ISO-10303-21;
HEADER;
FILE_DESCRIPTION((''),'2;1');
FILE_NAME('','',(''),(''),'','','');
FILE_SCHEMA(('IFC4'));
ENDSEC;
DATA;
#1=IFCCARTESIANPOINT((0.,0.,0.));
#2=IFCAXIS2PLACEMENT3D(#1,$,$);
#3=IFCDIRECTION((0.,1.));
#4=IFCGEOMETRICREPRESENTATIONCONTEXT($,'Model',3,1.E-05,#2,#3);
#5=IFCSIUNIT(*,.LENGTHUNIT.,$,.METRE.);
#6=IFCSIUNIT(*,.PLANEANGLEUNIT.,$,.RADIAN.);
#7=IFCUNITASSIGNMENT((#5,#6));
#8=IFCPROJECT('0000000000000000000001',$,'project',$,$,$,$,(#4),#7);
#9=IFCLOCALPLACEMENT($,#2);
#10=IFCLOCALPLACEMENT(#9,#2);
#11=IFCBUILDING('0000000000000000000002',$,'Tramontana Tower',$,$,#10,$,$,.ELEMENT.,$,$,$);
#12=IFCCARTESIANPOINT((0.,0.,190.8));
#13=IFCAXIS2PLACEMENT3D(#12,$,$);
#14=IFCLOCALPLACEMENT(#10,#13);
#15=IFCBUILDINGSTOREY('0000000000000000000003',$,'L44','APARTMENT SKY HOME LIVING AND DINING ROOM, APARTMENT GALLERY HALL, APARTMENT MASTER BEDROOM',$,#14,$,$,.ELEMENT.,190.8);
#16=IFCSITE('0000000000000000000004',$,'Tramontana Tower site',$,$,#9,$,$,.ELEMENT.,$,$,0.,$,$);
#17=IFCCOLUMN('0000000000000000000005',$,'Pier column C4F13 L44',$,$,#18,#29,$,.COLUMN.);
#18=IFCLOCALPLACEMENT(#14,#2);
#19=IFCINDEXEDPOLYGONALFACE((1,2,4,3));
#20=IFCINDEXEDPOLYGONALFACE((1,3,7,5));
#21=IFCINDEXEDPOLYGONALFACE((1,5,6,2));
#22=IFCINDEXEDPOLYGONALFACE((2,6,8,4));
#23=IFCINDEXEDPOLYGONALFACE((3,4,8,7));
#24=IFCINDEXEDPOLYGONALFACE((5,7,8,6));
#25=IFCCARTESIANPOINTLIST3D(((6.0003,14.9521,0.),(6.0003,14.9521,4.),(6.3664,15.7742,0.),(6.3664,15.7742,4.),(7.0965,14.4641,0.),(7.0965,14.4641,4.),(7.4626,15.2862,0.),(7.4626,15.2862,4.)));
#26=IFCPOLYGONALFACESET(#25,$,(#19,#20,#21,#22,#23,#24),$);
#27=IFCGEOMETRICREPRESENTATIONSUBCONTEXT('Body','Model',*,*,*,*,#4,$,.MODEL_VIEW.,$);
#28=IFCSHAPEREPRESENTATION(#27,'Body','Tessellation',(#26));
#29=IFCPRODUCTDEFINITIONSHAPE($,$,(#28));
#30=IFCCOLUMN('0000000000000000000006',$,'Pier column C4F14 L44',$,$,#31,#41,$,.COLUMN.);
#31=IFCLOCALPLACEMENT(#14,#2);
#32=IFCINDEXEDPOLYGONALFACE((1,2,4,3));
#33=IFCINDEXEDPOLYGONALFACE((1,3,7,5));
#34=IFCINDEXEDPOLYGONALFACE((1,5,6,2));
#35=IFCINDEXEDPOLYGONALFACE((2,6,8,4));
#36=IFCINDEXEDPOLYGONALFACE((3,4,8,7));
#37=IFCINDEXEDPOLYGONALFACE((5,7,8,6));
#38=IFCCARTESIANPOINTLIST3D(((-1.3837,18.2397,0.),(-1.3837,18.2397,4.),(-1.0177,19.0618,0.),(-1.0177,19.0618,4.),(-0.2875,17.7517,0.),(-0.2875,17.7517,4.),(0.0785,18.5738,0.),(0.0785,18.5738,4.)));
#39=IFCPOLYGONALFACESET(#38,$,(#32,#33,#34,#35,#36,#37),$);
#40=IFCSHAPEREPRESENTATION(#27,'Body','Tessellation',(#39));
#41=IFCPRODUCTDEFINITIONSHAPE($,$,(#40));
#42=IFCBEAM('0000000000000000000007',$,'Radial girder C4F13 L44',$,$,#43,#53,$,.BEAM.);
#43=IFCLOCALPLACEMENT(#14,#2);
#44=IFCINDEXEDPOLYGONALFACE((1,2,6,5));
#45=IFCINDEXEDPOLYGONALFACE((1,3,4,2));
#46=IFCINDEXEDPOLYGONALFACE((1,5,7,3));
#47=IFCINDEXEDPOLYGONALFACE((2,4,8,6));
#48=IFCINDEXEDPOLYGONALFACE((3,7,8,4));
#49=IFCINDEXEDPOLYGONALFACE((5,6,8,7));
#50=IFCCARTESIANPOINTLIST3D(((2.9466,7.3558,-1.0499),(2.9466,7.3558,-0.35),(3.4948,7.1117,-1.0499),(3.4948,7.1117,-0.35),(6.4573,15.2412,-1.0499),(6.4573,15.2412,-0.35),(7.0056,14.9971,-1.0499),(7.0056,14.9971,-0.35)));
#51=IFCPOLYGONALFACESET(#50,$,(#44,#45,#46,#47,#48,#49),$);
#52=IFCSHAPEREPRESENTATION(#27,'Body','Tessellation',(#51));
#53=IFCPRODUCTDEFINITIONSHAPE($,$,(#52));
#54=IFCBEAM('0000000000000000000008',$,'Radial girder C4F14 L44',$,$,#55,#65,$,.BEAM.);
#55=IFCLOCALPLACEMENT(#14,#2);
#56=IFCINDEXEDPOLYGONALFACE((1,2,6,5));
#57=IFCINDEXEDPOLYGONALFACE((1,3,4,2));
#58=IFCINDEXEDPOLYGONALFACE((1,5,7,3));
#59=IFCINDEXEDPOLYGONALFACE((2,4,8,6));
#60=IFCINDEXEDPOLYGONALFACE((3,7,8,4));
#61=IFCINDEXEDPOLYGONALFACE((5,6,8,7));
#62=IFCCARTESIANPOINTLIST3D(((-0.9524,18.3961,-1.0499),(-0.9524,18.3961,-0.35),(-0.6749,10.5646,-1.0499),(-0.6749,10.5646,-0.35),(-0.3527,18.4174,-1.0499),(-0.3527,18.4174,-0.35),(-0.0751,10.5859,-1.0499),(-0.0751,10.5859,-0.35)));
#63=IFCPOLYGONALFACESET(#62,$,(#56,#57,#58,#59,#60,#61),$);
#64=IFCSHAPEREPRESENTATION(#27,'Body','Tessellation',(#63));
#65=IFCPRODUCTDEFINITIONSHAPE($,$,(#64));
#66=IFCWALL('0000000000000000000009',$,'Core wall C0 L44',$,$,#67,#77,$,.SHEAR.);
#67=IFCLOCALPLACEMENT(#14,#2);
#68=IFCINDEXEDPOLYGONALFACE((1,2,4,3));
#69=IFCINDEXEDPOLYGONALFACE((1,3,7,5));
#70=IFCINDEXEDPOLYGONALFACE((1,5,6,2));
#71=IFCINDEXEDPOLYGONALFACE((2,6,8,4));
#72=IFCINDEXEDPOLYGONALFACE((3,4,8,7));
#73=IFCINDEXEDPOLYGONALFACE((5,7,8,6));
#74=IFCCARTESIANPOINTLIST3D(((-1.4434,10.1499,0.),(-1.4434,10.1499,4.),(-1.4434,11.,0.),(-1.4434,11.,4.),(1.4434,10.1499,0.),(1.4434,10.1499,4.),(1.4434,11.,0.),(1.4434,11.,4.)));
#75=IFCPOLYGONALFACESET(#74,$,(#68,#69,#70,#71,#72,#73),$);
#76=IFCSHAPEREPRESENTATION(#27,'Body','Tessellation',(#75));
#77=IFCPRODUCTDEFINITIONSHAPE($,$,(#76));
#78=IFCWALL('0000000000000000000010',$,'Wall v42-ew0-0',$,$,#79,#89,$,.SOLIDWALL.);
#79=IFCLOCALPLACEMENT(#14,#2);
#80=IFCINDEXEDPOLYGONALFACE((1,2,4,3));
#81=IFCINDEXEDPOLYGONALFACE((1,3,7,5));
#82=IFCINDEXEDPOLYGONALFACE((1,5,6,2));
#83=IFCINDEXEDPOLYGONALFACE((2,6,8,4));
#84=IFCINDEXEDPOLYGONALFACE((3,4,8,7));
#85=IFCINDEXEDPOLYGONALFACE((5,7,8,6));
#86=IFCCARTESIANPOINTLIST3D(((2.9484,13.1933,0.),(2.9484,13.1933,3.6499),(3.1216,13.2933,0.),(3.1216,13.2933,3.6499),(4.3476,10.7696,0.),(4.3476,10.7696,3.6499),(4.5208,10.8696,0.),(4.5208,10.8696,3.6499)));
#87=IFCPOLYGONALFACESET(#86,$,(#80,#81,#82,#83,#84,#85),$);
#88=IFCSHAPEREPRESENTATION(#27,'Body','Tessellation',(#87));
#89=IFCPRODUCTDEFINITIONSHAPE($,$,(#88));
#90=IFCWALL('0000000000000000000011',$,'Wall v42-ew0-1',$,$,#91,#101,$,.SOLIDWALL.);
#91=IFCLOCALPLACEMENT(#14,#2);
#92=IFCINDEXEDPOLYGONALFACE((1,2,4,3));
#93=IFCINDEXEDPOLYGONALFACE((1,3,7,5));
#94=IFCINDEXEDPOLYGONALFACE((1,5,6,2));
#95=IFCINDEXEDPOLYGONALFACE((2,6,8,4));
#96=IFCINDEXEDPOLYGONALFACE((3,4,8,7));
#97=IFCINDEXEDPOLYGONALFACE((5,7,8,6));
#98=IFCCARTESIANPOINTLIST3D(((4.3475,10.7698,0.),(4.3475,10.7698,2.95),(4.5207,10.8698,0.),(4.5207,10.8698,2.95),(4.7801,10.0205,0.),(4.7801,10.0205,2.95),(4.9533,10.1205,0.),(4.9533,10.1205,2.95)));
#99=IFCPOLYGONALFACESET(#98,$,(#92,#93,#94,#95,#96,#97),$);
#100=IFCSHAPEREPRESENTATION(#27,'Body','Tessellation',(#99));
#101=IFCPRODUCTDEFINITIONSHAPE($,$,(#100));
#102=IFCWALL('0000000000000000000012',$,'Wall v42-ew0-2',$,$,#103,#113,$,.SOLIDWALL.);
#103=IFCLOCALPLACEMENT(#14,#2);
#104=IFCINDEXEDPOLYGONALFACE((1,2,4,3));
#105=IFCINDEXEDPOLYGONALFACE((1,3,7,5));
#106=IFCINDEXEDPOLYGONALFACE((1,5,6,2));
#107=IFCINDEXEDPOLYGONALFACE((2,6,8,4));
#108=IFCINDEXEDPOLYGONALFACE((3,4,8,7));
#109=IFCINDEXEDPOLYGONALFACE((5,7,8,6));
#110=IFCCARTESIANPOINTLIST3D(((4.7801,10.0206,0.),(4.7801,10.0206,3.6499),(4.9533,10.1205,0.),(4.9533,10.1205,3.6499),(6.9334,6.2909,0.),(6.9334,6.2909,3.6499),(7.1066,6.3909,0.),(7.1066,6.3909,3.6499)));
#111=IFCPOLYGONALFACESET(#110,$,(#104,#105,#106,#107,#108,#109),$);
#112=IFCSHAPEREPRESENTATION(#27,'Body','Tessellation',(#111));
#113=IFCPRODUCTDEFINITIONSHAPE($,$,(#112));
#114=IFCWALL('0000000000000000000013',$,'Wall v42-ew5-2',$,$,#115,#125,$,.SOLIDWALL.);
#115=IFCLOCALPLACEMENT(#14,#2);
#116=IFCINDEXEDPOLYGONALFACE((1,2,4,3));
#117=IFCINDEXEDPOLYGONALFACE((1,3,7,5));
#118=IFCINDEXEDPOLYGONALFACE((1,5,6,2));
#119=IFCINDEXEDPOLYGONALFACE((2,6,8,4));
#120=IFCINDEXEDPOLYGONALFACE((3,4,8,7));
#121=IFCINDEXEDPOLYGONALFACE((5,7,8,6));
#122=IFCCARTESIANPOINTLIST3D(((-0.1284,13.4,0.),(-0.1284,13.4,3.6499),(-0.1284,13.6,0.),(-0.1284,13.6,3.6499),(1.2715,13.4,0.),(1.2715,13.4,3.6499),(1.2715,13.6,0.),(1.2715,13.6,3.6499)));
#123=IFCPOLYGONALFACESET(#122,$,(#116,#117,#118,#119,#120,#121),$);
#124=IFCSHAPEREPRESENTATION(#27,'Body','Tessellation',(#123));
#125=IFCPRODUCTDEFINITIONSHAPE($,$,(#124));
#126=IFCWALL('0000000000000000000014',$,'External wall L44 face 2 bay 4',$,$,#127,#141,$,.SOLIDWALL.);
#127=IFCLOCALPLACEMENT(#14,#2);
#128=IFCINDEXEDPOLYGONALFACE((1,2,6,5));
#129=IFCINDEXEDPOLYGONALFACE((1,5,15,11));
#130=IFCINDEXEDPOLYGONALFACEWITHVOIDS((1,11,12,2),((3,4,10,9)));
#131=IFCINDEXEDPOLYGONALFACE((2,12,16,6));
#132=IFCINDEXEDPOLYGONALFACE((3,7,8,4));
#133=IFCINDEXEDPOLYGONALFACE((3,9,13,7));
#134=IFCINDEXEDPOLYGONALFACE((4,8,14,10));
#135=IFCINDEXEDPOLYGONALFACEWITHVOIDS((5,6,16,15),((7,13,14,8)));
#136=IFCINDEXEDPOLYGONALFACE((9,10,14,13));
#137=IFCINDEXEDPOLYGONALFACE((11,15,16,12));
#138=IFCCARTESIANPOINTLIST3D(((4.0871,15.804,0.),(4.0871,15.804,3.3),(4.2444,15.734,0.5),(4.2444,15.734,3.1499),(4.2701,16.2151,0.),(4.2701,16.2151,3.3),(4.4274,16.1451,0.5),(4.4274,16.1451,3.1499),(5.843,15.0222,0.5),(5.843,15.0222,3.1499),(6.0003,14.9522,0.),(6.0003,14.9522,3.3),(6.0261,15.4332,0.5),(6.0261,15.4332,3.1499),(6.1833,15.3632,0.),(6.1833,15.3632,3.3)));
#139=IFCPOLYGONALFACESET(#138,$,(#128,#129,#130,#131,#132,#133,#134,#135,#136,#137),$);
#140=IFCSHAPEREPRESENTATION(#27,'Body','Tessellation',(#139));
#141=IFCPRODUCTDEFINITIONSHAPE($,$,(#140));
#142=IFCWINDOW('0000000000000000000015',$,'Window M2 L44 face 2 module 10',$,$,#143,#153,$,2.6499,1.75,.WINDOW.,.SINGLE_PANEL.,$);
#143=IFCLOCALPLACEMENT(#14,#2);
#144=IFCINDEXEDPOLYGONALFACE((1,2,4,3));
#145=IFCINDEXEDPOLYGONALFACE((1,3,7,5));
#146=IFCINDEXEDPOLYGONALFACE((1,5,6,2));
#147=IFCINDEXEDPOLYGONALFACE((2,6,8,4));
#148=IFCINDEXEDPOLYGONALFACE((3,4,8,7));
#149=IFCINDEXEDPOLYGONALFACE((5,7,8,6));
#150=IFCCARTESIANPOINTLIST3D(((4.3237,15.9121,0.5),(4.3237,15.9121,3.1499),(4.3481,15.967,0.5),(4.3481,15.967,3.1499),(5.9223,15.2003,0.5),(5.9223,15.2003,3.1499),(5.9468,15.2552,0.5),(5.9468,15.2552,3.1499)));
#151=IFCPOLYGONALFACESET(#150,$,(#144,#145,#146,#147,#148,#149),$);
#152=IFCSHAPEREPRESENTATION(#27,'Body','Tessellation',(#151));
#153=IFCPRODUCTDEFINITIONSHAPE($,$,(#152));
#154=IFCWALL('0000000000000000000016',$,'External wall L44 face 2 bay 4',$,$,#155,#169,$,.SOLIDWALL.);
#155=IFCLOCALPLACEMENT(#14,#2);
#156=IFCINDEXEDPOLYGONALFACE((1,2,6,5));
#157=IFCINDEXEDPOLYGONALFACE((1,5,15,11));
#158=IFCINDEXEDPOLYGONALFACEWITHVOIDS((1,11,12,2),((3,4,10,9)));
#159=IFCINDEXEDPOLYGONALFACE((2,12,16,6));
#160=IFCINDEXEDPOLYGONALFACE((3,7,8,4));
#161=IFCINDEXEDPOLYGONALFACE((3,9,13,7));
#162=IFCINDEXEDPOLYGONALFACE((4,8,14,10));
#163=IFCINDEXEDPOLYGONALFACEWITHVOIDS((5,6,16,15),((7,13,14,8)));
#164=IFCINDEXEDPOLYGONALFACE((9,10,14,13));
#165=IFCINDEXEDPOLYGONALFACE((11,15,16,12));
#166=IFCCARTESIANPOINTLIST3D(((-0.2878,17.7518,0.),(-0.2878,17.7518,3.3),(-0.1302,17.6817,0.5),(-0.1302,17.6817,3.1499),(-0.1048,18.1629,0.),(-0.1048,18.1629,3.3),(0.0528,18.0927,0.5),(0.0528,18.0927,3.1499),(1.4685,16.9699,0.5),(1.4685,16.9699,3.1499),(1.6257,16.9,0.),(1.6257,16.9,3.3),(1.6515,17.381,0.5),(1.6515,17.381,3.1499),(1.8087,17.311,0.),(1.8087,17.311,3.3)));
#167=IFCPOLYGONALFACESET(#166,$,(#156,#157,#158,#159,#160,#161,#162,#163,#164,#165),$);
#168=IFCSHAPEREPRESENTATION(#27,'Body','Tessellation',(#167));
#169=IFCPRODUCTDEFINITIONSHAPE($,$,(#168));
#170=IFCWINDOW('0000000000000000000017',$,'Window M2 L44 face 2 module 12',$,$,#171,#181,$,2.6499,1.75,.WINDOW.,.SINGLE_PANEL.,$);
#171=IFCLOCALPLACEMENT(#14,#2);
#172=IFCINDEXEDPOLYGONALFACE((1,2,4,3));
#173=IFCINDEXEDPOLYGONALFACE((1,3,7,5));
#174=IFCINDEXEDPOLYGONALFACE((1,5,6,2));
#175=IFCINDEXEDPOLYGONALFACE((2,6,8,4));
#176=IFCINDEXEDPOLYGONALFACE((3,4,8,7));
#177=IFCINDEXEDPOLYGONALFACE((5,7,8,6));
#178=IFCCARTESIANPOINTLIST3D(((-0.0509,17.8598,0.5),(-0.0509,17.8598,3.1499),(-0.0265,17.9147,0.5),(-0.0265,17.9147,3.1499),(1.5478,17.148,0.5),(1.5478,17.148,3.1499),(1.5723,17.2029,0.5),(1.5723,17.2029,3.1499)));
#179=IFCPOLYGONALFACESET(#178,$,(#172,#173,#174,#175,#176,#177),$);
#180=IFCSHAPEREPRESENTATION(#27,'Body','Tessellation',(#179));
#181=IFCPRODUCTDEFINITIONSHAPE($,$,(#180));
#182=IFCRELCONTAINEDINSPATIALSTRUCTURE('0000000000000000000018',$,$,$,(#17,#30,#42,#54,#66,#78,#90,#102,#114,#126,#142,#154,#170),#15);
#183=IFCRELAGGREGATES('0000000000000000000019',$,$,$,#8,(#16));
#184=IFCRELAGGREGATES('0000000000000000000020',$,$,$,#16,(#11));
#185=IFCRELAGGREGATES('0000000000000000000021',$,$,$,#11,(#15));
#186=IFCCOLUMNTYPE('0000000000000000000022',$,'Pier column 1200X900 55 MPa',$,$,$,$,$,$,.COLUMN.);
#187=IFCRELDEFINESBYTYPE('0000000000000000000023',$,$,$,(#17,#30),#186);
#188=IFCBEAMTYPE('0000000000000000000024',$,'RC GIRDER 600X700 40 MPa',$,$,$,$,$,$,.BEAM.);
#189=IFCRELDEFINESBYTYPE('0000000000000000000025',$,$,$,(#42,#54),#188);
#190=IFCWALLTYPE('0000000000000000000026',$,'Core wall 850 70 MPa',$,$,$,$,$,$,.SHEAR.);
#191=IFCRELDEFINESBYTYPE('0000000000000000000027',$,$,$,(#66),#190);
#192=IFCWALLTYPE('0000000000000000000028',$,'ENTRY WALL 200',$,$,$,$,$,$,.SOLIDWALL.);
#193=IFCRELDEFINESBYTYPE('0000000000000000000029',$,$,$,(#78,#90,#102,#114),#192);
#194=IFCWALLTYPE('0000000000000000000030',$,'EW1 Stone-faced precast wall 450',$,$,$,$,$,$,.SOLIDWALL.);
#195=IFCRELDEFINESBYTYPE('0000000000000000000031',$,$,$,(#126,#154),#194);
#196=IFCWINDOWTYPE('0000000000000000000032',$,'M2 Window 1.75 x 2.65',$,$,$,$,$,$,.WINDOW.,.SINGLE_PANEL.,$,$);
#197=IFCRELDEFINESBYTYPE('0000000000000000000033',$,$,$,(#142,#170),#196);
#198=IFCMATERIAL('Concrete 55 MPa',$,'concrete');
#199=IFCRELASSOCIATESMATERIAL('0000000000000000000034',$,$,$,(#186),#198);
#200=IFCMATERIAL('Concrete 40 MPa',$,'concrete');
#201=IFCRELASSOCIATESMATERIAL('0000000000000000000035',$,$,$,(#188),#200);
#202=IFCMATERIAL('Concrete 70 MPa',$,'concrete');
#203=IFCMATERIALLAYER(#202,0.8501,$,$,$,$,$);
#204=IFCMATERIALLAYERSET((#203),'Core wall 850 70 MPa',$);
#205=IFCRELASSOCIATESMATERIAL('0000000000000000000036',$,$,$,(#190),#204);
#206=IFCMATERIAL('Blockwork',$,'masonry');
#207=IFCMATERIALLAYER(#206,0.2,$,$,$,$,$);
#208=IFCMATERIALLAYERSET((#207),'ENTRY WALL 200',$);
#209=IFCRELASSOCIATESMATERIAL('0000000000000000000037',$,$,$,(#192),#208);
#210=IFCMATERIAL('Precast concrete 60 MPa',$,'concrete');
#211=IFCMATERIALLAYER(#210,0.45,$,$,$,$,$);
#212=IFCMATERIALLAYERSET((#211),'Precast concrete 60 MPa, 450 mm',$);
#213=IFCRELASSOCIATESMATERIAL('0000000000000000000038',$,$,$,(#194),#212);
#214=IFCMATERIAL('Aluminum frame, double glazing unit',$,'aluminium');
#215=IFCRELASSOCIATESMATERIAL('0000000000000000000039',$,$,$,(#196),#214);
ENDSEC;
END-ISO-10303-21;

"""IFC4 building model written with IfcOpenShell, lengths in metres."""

from ifc_helpers import new_model, si_unit, direction, frame, frame_2d, origin, origin_2d, place, context, subcontext, project, spatial, rectangle, extrude, material, layer, layer_set, material_profile, profile_set, type_object, element, fill, save


model = new_model("IFC4")

# Units and contexts
model_context = context("Model", 3, precision=1e-05, world=origin(), true_north=direction((0.0, 1.0)))
body_context = subcontext(model_context, "Body", "Model", "MODEL_VIEW")
ifc_project = project(units=[si_unit("LENGTHUNIT", "METRE"), si_unit("PLANEANGLEUNIT", "RADIAN")], contexts=[model_context])

# Site, building, storey
site_placement = place(None, origin())
site = spatial("IfcSite", under=ifc_project, at=site_placement, Name="Tramontana Tower site", CompositionType="ELEMENT", RefElevation=0.0)
building_placement = place(site_placement, origin())
building = spatial("IfcBuilding", under=site, at=building_placement, Name="Tramontana Tower", CompositionType="ELEMENT")
storey_placement = place(building_placement, frame((0.0, 0.0, 190.8)))
storey = spatial("IfcBuildingStorey", under=building, at=storey_placement, Name="L44", Description="APARTMENT SKY HOME LIVING AND DINING ROOM, APARTMENT GALLERY HALL, APARTMENT MASTER BEDROOM", CompositionType="ELEMENT", Elevation=190.8)

# Columns
ifc_material_1 = material(Name="Concrete 55 MPa", Category="concrete")
ifc_material_profile_1 = material_profile(ifc_material_1, rectangle(XDim=1.2, YDim=0.8999, at=origin_2d()), Name="Pier column 1200X900 55 MPa")
ifc_profile_set_1 = profile_set([ifc_material_profile_1], Name="Concrete 55 MPa")
column_type = type_object("IfcColumnType", Name="Pier column 1200X900 55 MPa", PredefinedType="COLUMN", material=ifc_profile_set_1)
for number, where, z_axis, x_axis, name in (
    (1, (6.7314, 15.1191, 0.0), (0.0, 0.0, 1.0), (-0.913545, 0.406737, 0.0), "Pier column C4F13 L44"),
    (2, (-0.6526, 18.4067, 0.0), (0.0, 0.0, 1.0), (-0.913545, 0.406737, 0.0), "Pier column C4F14 L44"),
):
    element("IfcColumn", number, at=place(storey_placement, frame(where, z_axis=z_axis, x_axis=x_axis)), inside=storey, type_object=column_type, Name=name, PredefinedType="COLUMN", context=body_context, shape_type="SweptSolid", body=[
        extrude(rectangle(XDim=1.2, YDim=0.8999, at=origin_2d()), origin(), (0.0, 0.0, 1.0), 4.0),
    ])

# Beams
ifc_material_2 = material(Name="Concrete 40 MPa", Category="concrete")
ifc_material_profile_2 = material_profile(ifc_material_2, rectangle(XDim=0.6001, YDim=0.7, at=origin_2d()), Name="RC GIRDER 600X700 40 MPa")
ifc_profile_set_2 = profile_set([ifc_material_profile_2], Name="Concrete 40 MPa")
beam_type = type_object("IfcBeamType", Name="RC GIRDER 600X700 40 MPa", PredefinedType="BEAM", material=ifc_profile_set_2)
beam_1_placement = place(storey_placement, frame((6.7314, 15.1191, -0.7), z_axis=(-0.406737, -0.913545, 0.0), x_axis=(0.913545, -0.406737, 0.0)))
element("IfcBeam", 3, at=beam_1_placement, inside=storey, type_object=beam_type, Name="Radial girder C4F13 L44", PredefinedType="BEAM", context=body_context, shape_type="SweptSolid", body=[
    extrude(rectangle(XDim=0.6001, YDim=0.7, at=origin_2d()), origin(), (0.0, 0.0, 1.0), 8.6316),
])
beam_2_placement = place(storey_placement, frame((-0.6526, 18.4067, -0.7), z_axis=(0.035423, -0.999372, 0.0), x_axis=(0.999372, 0.035423, 0.0)))
element("IfcBeam", 4, at=beam_2_placement, inside=storey, type_object=beam_type, Name="Radial girder C4F14 L44", PredefinedType="BEAM", context=body_context, shape_type="SweptSolid", body=[
    extrude(rectangle(XDim=0.6001, YDim=0.7, at=origin_2d()), origin(), (0.0, 0.0, 1.0), 7.8364),
])

# Walls
ifc_material_3 = material(Name="Concrete 70 MPa", Category="concrete")
ifc_layer_1 = layer(ifc_material_3, 0.8501)
ifc_layer_set_1 = layer_set([ifc_layer_1], Name="Core wall 850 70 MPa")
wall_type_1 = type_object("IfcWallType", Name="Core wall 850 70 MPa", PredefinedType="SHEAR", material=ifc_layer_set_1)
wall_1_placement = place(storey_placement, frame((1.4434, 10.575, 0.0), z_axis=(0.0, 0.0, 1.0), x_axis=(-1.0, 0.0, 0.0)))
element("IfcWall", 5, at=wall_1_placement, inside=storey, type_object=wall_type_1, Name="Core wall C0 L44", PredefinedType="SHEAR", context=body_context, shape_type="SweptSolid", body=[
    extrude(rectangle(XDim=2.8867, YDim=0.8501, at=frame_2d((1.4434, 0.0))), origin(), (0.0, 0.0, 1.0), 4.0),
])
ifc_material_4 = material(Name="Blockwork", Category="masonry")
ifc_layer_2 = layer(ifc_material_4, 0.2)
ifc_layer_set_2 = layer_set([ifc_layer_2], Name="ENTRY WALL 200")
wall_type_2 = type_object("IfcWallType", Name="ENTRY WALL 200", PredefinedType="SOLIDWALL", material=ifc_layer_set_2)
wall_2_placement = place(storey_placement, frame((3.0349, 13.2434, 0.0), z_axis=(0.0, 0.0, 1.0), x_axis=(0.499977, -0.866039, 0.0)))
element("IfcWall", 6, at=wall_2_placement, inside=storey, type_object=wall_type_2, Name="Wall v42-ew0-0", PredefinedType="SOLIDWALL", context=body_context, shape_type="SweptSolid", body=[
    extrude(rectangle(XDim=2.7986, YDim=0.2, at=frame_2d((1.3994, 0.0))), origin(), (0.0, 0.0, 1.0), 3.6499),
])
wall_3_placement = place(storey_placement, frame((4.4341, 10.8198, 0.0), z_axis=(0.0, 0.0, 1.0), x_axis=(0.500024, -0.866012, 0.0)))
element("IfcWall", 7, at=wall_3_placement, inside=storey, type_object=wall_type_2, Name="Wall v42-ew0-1", PredefinedType="SOLIDWALL", context=body_context, shape_type="SweptSolid", body=[
    extrude(rectangle(XDim=0.8652, YDim=0.2, at=frame_2d((0.4326, 0.0))), origin(), (0.0, 0.0, 1.0), 2.95),
])
wall_4_placement = place(storey_placement, frame((4.8667, 10.0706, 0.0), z_axis=(0.0, 0.0, 1.0), x_axis=(0.499992, -0.86603, 0.0)))
element("IfcWall", 8, at=wall_4_placement, inside=storey, type_object=wall_type_2, Name="Wall v42-ew0-2", PredefinedType="SOLIDWALL", context=body_context, shape_type="SweptSolid", body=[
    extrude(rectangle(XDim=4.3066, YDim=0.2, at=frame_2d((2.1533, 0.0))), origin(), (0.0, 0.0, 1.0), 3.6499),
])
wall_5_placement = place(storey_placement, frame((-0.1284, 13.5, 0.0), z_axis=(0.0, 0.0, 1.0), x_axis=(1.0, 0.0, 0.0)))
element("IfcWall", 9, at=wall_5_placement, inside=storey, type_object=wall_type_2, Name="Wall v42-ew5-2", PredefinedType="SOLIDWALL", context=body_context, shape_type="SweptSolid", body=[
    extrude(rectangle(XDim=1.3999, YDim=0.2, at=frame_2d((0.7, 0.0))), origin(), (0.0, 0.0, 1.0), 3.6499),
])

# Walls, openings, windows
ifc_material_5 = material(Name="Precast concrete 60 MPa", Category="concrete")
ifc_layer_3 = layer(ifc_material_5, 0.45)
ifc_layer_set_3 = layer_set([ifc_layer_3], Name="Precast concrete 60 MPa, 450 mm")
wall_type_3 = type_object("IfcWallType", Name="EW1 Stone-faced precast wall 450", PredefinedType="SOLIDWALL", material=ifc_layer_set_3)
wall_6_placement = place(storey_placement, frame((6.0918, 15.1577, 0.0), z_axis=(0.0, 0.0, 1.0), x_axis=(-0.913537, 0.406755, 0.0)))
wall_6 = element("IfcWall", 10, at=wall_6_placement, inside=storey, type_object=wall_type_3, Name="External wall L44 face 2 bay 4", PredefinedType="SOLIDWALL", context=body_context, shape_type="SweptSolid", body=[
    extrude(rectangle(XDim=2.0942, YDim=0.45, at=frame_2d((1.0471, 0.0))), origin(), (0.0, 0.0, 1.0), 3.3),
])
opening_1_placement = place(wall_6_placement, frame((0.1721, 0.0, 0.5)))
opening_1 = element("IfcOpeningElement", 11, at=opening_1_placement, cuts=wall_6, PredefinedType="OPENING", context=body_context, shape_type="SweptSolid", body=[
    extrude(rectangle(XDim=1.75, YDim=2.6499, at=frame_2d((0.875, 1.325))), frame((0.0, 0.2349, 0.0), z_axis=(0.0, -1.0, 0.0), x_axis=(1.0, 0.0, 0.0)), (0.0, 0.0, 1.0), 0.47),
])
ifc_material_6 = material(Name="Aluminum frame, double glazing unit", Category="aluminium")
window_type = type_object("IfcWindowType", Name="M2 Window 1.75 x 2.65", PartitioningType="SINGLE_PANEL", PredefinedType="WINDOW", material=ifc_material_6)
window_1_placement = place(opening_1_placement, origin())
window_1 = element("IfcWindow", 12, at=window_1_placement, inside=storey, type_object=window_type, Name="Window M2 L44 face 2 module 10", OverallHeight=2.6499, OverallWidth=1.75, PartitioningType="SINGLE_PANEL", PredefinedType="WINDOW", context=body_context, shape_type="SweptSolid", body=[
    extrude(rectangle(XDim=1.75, YDim=2.6499, at=frame_2d((0.875, 1.325))), frame((0.0, 0.03, 0.0), z_axis=(0.0, -1.0, 0.0), x_axis=(1.0, 0.0, 0.0)), (0.0, 0.0, 1.0), 0.0601),
])
fill(opening_1, window_1)
wall_7_placement = place(storey_placement, frame((1.7173, 17.1055, 0.0), z_axis=(0.0, 0.0, 1.0), x_axis=(-0.913557, 0.406712, 0.0)))
wall_7 = element("IfcWall", 13, at=wall_7_placement, inside=storey, type_object=wall_type_3, Name="External wall L44 face 2 bay 4", PredefinedType="SOLIDWALL", context=body_context, shape_type="SweptSolid", body=[
    extrude(rectangle(XDim=2.0945, YDim=0.45, at=frame_2d((1.0474, 0.0))), origin(), (0.0, 0.0, 1.0), 3.3),
])
opening_2_placement = place(wall_7_placement, frame((0.1721, 0.0, 0.5)))
opening_2 = element("IfcOpeningElement", 14, at=opening_2_placement, cuts=wall_7, PredefinedType="OPENING", context=body_context, shape_type="SweptSolid", body=[
    extrude(rectangle(XDim=1.75, YDim=2.6499, at=frame_2d((0.875, 1.325))), frame((0.0, 0.2349, 0.0), z_axis=(0.0, -1.0, 0.0), x_axis=(1.0, 0.0, 0.0)), (0.0, 0.0, 1.0), 0.47),
])
window_2_placement = place(opening_2_placement, origin())
window_2 = element("IfcWindow", 15, at=window_2_placement, inside=storey, type_object=window_type, Name="Window M2 L44 face 2 module 12", OverallHeight=2.6499, OverallWidth=1.75, PartitioningType="SINGLE_PANEL", PredefinedType="WINDOW", context=body_context, shape_type="SweptSolid", body=[
    extrude(rectangle(XDim=1.75, YDim=2.6499, at=frame_2d((0.875, 1.325))), frame((0.0, 0.03, 0.0), z_axis=(0.0, -1.0, 0.0), x_axis=(1.0, 0.0, 0.0)), (0.0, 0.0, 1.0), 0.0601),
])
fill(opening_2, window_2)

save(model, "model.ifc")
